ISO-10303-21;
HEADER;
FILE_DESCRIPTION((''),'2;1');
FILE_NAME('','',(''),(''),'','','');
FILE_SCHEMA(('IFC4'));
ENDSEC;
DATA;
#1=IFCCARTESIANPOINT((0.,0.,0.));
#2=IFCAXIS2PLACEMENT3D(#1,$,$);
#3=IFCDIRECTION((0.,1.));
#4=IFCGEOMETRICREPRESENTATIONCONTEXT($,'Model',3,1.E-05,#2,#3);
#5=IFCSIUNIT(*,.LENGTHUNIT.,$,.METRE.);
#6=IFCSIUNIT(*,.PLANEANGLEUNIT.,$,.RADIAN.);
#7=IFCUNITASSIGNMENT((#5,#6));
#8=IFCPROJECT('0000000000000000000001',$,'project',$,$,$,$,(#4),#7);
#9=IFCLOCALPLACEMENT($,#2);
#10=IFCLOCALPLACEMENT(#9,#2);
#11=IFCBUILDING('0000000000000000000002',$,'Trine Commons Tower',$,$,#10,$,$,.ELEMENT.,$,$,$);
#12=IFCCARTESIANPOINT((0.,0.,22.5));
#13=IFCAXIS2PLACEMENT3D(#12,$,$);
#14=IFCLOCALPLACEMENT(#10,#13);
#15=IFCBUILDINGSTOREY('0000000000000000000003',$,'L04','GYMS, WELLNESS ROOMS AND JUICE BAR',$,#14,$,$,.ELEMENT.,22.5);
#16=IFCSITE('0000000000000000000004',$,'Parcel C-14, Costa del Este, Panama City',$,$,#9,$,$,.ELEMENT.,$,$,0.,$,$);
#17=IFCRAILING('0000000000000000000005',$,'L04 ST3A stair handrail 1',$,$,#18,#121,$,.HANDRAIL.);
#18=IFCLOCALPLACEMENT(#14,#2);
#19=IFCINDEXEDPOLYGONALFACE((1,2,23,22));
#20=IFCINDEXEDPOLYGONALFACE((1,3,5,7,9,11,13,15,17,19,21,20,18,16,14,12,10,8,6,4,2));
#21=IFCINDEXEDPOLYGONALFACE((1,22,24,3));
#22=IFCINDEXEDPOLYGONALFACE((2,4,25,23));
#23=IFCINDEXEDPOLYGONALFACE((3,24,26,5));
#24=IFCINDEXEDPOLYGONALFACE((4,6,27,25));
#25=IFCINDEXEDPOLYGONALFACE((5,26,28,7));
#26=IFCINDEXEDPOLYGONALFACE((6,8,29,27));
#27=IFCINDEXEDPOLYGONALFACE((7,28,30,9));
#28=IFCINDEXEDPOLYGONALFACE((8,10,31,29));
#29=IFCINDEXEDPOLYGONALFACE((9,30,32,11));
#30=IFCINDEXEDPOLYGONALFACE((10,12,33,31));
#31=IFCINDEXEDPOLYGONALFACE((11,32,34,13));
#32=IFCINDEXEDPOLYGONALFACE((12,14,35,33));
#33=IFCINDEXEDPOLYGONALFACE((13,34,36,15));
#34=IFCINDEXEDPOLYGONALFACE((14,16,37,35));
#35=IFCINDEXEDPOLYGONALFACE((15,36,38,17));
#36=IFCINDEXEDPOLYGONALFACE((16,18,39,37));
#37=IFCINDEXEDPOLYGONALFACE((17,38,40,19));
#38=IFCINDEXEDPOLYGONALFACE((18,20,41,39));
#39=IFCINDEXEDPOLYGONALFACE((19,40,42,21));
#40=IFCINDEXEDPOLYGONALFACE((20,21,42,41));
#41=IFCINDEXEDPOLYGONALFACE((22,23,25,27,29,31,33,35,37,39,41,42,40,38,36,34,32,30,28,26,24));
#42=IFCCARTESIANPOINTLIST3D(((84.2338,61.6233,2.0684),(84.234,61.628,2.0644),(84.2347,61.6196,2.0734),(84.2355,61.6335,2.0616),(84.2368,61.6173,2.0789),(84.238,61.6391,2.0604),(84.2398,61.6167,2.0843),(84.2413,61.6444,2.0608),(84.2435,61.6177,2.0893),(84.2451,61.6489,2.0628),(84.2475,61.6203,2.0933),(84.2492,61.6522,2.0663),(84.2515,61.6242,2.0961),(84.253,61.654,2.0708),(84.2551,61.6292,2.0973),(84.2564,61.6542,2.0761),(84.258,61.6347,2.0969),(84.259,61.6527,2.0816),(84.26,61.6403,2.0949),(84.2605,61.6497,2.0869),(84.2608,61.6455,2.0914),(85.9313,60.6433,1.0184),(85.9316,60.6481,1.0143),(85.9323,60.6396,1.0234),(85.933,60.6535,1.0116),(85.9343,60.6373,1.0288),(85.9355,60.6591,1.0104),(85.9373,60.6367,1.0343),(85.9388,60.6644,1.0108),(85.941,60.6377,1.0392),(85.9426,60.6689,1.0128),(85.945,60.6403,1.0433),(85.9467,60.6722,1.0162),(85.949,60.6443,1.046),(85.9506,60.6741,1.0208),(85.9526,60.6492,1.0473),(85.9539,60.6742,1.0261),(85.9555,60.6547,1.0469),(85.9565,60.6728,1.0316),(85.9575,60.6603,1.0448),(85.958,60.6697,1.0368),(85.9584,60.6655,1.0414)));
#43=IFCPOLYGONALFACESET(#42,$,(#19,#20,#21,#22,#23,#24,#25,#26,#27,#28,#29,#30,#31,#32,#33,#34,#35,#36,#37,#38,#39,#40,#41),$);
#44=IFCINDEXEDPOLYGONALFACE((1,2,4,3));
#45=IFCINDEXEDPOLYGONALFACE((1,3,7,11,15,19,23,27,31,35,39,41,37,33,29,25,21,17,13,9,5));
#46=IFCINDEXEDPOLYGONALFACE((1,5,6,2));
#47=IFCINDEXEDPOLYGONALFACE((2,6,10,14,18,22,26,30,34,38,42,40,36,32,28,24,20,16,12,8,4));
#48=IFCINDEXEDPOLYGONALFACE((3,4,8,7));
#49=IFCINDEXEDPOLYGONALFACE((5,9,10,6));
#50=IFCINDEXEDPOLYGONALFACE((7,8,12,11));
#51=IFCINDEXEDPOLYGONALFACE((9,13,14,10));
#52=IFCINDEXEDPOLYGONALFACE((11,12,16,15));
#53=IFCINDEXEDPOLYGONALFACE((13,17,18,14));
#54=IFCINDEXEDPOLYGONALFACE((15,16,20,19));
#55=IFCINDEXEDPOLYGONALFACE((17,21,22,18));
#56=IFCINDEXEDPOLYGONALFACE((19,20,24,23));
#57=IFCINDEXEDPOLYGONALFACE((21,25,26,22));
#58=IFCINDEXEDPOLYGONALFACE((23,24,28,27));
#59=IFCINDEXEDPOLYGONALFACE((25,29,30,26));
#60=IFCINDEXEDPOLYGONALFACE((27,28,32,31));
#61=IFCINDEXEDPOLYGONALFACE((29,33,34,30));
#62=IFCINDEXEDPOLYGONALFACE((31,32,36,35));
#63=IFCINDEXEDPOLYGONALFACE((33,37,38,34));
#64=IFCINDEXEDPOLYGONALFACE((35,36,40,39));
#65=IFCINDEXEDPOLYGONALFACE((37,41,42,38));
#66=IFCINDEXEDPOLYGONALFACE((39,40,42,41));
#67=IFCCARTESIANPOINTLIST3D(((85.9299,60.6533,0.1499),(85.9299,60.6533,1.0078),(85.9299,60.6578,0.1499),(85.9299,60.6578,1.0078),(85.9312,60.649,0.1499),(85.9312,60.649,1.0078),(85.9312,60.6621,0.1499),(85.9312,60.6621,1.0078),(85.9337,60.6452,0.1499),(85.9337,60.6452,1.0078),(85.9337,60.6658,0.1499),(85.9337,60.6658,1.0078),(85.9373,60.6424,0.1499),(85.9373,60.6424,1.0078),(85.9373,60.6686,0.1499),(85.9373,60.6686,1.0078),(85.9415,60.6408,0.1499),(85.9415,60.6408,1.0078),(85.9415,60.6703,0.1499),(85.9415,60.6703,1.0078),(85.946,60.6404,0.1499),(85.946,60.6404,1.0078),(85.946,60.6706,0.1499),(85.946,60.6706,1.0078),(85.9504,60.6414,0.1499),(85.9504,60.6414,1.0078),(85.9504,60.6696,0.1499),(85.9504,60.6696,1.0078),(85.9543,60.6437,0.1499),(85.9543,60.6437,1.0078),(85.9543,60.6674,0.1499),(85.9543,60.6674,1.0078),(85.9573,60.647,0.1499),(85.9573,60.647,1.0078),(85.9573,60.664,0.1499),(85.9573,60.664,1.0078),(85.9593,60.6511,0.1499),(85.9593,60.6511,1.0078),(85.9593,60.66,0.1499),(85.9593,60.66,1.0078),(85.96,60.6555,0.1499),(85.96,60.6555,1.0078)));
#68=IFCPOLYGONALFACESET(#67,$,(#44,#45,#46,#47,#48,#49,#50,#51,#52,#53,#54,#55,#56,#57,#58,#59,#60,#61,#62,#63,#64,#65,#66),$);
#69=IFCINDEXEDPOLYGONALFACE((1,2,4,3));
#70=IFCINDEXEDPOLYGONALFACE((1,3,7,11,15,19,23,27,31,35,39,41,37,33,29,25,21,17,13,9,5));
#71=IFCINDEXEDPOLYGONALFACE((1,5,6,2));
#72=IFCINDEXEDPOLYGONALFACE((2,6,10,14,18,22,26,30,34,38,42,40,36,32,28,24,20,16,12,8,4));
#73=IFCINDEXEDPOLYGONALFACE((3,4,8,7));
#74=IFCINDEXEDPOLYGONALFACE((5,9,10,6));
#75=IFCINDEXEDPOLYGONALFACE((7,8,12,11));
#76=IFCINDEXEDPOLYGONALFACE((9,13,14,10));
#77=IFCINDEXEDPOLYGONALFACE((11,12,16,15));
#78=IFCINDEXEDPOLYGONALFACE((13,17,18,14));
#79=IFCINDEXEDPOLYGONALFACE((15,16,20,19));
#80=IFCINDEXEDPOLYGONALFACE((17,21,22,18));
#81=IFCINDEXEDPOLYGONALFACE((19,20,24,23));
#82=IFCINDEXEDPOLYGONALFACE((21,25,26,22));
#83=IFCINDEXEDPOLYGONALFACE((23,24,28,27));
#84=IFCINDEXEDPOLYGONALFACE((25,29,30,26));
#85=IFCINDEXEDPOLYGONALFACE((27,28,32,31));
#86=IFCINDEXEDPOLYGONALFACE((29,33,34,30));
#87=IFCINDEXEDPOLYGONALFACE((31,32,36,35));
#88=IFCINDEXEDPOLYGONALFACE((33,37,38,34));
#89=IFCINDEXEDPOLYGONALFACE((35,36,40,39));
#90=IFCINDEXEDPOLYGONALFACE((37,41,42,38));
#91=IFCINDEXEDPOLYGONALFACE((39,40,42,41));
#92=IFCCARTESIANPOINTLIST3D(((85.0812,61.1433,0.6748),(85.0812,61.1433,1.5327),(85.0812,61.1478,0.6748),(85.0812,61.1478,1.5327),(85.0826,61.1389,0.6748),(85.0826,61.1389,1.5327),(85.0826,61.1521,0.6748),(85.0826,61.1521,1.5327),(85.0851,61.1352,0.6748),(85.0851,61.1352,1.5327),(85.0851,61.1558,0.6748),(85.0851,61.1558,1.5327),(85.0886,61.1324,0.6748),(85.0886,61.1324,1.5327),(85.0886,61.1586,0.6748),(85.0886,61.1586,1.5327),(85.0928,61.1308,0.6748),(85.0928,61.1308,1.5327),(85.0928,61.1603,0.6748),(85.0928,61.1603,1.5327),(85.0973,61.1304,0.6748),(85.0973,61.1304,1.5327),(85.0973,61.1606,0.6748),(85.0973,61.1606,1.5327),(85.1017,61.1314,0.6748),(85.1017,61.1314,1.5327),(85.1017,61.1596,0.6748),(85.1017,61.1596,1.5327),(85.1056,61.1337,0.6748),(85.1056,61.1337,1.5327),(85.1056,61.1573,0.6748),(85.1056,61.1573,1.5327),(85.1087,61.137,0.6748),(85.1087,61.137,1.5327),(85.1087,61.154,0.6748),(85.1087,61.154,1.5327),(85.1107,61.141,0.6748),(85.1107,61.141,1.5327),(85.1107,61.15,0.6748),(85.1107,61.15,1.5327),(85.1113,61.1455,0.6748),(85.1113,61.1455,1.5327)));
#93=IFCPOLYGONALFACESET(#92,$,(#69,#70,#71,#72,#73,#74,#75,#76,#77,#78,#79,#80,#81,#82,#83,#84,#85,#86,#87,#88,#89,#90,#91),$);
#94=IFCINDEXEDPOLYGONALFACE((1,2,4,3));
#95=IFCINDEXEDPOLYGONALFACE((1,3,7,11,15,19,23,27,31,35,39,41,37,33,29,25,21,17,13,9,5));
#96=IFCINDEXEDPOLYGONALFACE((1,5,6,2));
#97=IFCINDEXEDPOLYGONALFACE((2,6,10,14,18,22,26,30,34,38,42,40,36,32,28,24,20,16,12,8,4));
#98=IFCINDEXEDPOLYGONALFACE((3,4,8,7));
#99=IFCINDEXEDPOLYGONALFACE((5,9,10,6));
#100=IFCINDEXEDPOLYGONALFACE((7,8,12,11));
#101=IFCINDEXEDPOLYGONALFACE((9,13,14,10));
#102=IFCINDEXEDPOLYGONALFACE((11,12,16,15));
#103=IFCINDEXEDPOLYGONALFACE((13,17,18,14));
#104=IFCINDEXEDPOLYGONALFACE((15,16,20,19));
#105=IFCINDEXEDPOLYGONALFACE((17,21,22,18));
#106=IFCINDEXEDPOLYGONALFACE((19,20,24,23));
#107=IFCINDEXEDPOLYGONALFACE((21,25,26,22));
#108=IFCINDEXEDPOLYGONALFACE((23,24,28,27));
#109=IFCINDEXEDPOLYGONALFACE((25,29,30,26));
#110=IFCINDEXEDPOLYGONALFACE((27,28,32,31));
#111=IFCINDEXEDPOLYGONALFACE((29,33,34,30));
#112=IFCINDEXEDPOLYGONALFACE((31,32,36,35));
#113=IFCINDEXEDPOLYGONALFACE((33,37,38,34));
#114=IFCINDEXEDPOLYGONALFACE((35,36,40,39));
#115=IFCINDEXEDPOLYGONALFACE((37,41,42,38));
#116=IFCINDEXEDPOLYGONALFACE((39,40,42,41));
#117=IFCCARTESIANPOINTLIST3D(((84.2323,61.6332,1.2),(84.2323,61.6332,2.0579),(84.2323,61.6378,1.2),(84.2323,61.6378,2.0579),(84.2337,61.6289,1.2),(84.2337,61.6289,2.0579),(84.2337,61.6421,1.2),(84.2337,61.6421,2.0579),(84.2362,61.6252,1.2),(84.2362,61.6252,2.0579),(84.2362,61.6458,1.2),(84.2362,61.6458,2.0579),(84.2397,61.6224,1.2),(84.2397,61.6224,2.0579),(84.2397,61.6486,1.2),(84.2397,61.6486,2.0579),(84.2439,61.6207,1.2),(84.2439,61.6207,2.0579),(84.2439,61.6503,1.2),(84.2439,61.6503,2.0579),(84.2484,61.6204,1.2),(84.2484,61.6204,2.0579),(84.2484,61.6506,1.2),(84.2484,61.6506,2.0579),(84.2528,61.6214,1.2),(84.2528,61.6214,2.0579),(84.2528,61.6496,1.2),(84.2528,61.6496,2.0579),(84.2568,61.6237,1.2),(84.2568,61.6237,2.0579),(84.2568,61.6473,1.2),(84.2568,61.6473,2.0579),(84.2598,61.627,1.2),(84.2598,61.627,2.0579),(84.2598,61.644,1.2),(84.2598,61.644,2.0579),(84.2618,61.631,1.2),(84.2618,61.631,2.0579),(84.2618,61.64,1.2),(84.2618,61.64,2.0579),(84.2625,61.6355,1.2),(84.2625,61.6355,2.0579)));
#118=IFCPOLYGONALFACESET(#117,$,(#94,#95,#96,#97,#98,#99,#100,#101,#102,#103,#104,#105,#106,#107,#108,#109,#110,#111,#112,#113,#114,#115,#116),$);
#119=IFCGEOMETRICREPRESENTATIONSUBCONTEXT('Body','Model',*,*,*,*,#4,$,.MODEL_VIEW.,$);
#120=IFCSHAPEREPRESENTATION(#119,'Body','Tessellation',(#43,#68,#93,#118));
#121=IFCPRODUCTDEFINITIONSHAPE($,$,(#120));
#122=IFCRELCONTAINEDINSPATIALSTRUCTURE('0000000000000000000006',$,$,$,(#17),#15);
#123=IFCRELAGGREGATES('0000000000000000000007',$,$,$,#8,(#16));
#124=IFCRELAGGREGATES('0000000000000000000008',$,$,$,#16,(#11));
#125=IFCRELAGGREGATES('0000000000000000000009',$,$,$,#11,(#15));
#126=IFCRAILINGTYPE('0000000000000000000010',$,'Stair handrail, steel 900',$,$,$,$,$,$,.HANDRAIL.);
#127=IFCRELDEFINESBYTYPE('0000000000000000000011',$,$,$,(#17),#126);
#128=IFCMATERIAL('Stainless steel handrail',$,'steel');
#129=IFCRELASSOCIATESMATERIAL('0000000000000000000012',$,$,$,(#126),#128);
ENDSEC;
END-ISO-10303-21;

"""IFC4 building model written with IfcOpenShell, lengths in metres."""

from ifc_helpers import new_model, si_unit, direction, frame, origin, origin_2d, place, context, subcontext, project, spatial, circle, extrude, material, type_object, element, save


model = new_model("IFC4")

# Units and contexts
model_context = context("Model", 3, precision=1e-05, world=origin(), true_north=direction((0.0, 1.0)))
body_context = subcontext(model_context, "Body", "Model", "MODEL_VIEW")
ifc_project = project(units=[si_unit("LENGTHUNIT", "METRE"), si_unit("PLANEANGLEUNIT", "RADIAN")], contexts=[model_context])

# Site, building, storey
site_placement = place(None, origin())
site = spatial("IfcSite", under=ifc_project, at=site_placement, Name="Parcel C-14, Costa del Este, Panama City", CompositionType="ELEMENT", RefElevation=0.0)
building_placement = place(site_placement, origin())
building = spatial("IfcBuilding", under=site, at=building_placement, Name="Trine Commons Tower", CompositionType="ELEMENT")
storey_placement = place(building_placement, frame((0.0, 0.0, 22.5)))
storey = spatial("IfcBuildingStorey", under=building, at=storey_placement, Name="L04", Description="GYMS, WELLNESS ROOMS AND JUICE BAR", CompositionType="ELEMENT", Elevation=22.5)

# Railing
ifc_material_1 = material(Name="Stainless steel handrail", Category="steel")
railing_type_1 = type_object("IfcRailingType", Name="Stair handrail, steel 900", PredefinedType="HANDRAIL", material=ifc_material_1)
railing_1_placement = place(storey_placement, frame((85.9448, 60.6555, 0.1499)))
element("IfcRailing", 1, at=railing_1_placement, inside=storey, type_object=railing_type_1, Name="L04 ST3A stair handrail 1", PredefinedType="HANDRAIL", context=body_context, shape_type="SweptSolid", body=[
    extrude(circle(Radius=0.021, at=origin_2d()), frame((0.0, 0.0, 0.8789), z_axis=(-0.763398, 0.440713, 0.472224), x_axis=(-0.49997, -0.866042, 0.0)), (0.0, 0.0, 1.0), 2.2236),
    extrude(circle(Radius=0.0151, at=origin_2d()), origin(), (0.0, 0.0, 1.0), 0.8579),
    extrude(circle(Radius=0.0151, at=origin_2d()), frame((-0.8486, 0.49, 0.5249)), (0.0, 0.0, 1.0), 0.8579),
    extrude(circle(Radius=0.0151, at=origin_2d()), frame((-1.6975, 0.98, 1.05)), (0.0, 0.0, 1.0), 0.8579),
])

save(model, "model.ifc")
